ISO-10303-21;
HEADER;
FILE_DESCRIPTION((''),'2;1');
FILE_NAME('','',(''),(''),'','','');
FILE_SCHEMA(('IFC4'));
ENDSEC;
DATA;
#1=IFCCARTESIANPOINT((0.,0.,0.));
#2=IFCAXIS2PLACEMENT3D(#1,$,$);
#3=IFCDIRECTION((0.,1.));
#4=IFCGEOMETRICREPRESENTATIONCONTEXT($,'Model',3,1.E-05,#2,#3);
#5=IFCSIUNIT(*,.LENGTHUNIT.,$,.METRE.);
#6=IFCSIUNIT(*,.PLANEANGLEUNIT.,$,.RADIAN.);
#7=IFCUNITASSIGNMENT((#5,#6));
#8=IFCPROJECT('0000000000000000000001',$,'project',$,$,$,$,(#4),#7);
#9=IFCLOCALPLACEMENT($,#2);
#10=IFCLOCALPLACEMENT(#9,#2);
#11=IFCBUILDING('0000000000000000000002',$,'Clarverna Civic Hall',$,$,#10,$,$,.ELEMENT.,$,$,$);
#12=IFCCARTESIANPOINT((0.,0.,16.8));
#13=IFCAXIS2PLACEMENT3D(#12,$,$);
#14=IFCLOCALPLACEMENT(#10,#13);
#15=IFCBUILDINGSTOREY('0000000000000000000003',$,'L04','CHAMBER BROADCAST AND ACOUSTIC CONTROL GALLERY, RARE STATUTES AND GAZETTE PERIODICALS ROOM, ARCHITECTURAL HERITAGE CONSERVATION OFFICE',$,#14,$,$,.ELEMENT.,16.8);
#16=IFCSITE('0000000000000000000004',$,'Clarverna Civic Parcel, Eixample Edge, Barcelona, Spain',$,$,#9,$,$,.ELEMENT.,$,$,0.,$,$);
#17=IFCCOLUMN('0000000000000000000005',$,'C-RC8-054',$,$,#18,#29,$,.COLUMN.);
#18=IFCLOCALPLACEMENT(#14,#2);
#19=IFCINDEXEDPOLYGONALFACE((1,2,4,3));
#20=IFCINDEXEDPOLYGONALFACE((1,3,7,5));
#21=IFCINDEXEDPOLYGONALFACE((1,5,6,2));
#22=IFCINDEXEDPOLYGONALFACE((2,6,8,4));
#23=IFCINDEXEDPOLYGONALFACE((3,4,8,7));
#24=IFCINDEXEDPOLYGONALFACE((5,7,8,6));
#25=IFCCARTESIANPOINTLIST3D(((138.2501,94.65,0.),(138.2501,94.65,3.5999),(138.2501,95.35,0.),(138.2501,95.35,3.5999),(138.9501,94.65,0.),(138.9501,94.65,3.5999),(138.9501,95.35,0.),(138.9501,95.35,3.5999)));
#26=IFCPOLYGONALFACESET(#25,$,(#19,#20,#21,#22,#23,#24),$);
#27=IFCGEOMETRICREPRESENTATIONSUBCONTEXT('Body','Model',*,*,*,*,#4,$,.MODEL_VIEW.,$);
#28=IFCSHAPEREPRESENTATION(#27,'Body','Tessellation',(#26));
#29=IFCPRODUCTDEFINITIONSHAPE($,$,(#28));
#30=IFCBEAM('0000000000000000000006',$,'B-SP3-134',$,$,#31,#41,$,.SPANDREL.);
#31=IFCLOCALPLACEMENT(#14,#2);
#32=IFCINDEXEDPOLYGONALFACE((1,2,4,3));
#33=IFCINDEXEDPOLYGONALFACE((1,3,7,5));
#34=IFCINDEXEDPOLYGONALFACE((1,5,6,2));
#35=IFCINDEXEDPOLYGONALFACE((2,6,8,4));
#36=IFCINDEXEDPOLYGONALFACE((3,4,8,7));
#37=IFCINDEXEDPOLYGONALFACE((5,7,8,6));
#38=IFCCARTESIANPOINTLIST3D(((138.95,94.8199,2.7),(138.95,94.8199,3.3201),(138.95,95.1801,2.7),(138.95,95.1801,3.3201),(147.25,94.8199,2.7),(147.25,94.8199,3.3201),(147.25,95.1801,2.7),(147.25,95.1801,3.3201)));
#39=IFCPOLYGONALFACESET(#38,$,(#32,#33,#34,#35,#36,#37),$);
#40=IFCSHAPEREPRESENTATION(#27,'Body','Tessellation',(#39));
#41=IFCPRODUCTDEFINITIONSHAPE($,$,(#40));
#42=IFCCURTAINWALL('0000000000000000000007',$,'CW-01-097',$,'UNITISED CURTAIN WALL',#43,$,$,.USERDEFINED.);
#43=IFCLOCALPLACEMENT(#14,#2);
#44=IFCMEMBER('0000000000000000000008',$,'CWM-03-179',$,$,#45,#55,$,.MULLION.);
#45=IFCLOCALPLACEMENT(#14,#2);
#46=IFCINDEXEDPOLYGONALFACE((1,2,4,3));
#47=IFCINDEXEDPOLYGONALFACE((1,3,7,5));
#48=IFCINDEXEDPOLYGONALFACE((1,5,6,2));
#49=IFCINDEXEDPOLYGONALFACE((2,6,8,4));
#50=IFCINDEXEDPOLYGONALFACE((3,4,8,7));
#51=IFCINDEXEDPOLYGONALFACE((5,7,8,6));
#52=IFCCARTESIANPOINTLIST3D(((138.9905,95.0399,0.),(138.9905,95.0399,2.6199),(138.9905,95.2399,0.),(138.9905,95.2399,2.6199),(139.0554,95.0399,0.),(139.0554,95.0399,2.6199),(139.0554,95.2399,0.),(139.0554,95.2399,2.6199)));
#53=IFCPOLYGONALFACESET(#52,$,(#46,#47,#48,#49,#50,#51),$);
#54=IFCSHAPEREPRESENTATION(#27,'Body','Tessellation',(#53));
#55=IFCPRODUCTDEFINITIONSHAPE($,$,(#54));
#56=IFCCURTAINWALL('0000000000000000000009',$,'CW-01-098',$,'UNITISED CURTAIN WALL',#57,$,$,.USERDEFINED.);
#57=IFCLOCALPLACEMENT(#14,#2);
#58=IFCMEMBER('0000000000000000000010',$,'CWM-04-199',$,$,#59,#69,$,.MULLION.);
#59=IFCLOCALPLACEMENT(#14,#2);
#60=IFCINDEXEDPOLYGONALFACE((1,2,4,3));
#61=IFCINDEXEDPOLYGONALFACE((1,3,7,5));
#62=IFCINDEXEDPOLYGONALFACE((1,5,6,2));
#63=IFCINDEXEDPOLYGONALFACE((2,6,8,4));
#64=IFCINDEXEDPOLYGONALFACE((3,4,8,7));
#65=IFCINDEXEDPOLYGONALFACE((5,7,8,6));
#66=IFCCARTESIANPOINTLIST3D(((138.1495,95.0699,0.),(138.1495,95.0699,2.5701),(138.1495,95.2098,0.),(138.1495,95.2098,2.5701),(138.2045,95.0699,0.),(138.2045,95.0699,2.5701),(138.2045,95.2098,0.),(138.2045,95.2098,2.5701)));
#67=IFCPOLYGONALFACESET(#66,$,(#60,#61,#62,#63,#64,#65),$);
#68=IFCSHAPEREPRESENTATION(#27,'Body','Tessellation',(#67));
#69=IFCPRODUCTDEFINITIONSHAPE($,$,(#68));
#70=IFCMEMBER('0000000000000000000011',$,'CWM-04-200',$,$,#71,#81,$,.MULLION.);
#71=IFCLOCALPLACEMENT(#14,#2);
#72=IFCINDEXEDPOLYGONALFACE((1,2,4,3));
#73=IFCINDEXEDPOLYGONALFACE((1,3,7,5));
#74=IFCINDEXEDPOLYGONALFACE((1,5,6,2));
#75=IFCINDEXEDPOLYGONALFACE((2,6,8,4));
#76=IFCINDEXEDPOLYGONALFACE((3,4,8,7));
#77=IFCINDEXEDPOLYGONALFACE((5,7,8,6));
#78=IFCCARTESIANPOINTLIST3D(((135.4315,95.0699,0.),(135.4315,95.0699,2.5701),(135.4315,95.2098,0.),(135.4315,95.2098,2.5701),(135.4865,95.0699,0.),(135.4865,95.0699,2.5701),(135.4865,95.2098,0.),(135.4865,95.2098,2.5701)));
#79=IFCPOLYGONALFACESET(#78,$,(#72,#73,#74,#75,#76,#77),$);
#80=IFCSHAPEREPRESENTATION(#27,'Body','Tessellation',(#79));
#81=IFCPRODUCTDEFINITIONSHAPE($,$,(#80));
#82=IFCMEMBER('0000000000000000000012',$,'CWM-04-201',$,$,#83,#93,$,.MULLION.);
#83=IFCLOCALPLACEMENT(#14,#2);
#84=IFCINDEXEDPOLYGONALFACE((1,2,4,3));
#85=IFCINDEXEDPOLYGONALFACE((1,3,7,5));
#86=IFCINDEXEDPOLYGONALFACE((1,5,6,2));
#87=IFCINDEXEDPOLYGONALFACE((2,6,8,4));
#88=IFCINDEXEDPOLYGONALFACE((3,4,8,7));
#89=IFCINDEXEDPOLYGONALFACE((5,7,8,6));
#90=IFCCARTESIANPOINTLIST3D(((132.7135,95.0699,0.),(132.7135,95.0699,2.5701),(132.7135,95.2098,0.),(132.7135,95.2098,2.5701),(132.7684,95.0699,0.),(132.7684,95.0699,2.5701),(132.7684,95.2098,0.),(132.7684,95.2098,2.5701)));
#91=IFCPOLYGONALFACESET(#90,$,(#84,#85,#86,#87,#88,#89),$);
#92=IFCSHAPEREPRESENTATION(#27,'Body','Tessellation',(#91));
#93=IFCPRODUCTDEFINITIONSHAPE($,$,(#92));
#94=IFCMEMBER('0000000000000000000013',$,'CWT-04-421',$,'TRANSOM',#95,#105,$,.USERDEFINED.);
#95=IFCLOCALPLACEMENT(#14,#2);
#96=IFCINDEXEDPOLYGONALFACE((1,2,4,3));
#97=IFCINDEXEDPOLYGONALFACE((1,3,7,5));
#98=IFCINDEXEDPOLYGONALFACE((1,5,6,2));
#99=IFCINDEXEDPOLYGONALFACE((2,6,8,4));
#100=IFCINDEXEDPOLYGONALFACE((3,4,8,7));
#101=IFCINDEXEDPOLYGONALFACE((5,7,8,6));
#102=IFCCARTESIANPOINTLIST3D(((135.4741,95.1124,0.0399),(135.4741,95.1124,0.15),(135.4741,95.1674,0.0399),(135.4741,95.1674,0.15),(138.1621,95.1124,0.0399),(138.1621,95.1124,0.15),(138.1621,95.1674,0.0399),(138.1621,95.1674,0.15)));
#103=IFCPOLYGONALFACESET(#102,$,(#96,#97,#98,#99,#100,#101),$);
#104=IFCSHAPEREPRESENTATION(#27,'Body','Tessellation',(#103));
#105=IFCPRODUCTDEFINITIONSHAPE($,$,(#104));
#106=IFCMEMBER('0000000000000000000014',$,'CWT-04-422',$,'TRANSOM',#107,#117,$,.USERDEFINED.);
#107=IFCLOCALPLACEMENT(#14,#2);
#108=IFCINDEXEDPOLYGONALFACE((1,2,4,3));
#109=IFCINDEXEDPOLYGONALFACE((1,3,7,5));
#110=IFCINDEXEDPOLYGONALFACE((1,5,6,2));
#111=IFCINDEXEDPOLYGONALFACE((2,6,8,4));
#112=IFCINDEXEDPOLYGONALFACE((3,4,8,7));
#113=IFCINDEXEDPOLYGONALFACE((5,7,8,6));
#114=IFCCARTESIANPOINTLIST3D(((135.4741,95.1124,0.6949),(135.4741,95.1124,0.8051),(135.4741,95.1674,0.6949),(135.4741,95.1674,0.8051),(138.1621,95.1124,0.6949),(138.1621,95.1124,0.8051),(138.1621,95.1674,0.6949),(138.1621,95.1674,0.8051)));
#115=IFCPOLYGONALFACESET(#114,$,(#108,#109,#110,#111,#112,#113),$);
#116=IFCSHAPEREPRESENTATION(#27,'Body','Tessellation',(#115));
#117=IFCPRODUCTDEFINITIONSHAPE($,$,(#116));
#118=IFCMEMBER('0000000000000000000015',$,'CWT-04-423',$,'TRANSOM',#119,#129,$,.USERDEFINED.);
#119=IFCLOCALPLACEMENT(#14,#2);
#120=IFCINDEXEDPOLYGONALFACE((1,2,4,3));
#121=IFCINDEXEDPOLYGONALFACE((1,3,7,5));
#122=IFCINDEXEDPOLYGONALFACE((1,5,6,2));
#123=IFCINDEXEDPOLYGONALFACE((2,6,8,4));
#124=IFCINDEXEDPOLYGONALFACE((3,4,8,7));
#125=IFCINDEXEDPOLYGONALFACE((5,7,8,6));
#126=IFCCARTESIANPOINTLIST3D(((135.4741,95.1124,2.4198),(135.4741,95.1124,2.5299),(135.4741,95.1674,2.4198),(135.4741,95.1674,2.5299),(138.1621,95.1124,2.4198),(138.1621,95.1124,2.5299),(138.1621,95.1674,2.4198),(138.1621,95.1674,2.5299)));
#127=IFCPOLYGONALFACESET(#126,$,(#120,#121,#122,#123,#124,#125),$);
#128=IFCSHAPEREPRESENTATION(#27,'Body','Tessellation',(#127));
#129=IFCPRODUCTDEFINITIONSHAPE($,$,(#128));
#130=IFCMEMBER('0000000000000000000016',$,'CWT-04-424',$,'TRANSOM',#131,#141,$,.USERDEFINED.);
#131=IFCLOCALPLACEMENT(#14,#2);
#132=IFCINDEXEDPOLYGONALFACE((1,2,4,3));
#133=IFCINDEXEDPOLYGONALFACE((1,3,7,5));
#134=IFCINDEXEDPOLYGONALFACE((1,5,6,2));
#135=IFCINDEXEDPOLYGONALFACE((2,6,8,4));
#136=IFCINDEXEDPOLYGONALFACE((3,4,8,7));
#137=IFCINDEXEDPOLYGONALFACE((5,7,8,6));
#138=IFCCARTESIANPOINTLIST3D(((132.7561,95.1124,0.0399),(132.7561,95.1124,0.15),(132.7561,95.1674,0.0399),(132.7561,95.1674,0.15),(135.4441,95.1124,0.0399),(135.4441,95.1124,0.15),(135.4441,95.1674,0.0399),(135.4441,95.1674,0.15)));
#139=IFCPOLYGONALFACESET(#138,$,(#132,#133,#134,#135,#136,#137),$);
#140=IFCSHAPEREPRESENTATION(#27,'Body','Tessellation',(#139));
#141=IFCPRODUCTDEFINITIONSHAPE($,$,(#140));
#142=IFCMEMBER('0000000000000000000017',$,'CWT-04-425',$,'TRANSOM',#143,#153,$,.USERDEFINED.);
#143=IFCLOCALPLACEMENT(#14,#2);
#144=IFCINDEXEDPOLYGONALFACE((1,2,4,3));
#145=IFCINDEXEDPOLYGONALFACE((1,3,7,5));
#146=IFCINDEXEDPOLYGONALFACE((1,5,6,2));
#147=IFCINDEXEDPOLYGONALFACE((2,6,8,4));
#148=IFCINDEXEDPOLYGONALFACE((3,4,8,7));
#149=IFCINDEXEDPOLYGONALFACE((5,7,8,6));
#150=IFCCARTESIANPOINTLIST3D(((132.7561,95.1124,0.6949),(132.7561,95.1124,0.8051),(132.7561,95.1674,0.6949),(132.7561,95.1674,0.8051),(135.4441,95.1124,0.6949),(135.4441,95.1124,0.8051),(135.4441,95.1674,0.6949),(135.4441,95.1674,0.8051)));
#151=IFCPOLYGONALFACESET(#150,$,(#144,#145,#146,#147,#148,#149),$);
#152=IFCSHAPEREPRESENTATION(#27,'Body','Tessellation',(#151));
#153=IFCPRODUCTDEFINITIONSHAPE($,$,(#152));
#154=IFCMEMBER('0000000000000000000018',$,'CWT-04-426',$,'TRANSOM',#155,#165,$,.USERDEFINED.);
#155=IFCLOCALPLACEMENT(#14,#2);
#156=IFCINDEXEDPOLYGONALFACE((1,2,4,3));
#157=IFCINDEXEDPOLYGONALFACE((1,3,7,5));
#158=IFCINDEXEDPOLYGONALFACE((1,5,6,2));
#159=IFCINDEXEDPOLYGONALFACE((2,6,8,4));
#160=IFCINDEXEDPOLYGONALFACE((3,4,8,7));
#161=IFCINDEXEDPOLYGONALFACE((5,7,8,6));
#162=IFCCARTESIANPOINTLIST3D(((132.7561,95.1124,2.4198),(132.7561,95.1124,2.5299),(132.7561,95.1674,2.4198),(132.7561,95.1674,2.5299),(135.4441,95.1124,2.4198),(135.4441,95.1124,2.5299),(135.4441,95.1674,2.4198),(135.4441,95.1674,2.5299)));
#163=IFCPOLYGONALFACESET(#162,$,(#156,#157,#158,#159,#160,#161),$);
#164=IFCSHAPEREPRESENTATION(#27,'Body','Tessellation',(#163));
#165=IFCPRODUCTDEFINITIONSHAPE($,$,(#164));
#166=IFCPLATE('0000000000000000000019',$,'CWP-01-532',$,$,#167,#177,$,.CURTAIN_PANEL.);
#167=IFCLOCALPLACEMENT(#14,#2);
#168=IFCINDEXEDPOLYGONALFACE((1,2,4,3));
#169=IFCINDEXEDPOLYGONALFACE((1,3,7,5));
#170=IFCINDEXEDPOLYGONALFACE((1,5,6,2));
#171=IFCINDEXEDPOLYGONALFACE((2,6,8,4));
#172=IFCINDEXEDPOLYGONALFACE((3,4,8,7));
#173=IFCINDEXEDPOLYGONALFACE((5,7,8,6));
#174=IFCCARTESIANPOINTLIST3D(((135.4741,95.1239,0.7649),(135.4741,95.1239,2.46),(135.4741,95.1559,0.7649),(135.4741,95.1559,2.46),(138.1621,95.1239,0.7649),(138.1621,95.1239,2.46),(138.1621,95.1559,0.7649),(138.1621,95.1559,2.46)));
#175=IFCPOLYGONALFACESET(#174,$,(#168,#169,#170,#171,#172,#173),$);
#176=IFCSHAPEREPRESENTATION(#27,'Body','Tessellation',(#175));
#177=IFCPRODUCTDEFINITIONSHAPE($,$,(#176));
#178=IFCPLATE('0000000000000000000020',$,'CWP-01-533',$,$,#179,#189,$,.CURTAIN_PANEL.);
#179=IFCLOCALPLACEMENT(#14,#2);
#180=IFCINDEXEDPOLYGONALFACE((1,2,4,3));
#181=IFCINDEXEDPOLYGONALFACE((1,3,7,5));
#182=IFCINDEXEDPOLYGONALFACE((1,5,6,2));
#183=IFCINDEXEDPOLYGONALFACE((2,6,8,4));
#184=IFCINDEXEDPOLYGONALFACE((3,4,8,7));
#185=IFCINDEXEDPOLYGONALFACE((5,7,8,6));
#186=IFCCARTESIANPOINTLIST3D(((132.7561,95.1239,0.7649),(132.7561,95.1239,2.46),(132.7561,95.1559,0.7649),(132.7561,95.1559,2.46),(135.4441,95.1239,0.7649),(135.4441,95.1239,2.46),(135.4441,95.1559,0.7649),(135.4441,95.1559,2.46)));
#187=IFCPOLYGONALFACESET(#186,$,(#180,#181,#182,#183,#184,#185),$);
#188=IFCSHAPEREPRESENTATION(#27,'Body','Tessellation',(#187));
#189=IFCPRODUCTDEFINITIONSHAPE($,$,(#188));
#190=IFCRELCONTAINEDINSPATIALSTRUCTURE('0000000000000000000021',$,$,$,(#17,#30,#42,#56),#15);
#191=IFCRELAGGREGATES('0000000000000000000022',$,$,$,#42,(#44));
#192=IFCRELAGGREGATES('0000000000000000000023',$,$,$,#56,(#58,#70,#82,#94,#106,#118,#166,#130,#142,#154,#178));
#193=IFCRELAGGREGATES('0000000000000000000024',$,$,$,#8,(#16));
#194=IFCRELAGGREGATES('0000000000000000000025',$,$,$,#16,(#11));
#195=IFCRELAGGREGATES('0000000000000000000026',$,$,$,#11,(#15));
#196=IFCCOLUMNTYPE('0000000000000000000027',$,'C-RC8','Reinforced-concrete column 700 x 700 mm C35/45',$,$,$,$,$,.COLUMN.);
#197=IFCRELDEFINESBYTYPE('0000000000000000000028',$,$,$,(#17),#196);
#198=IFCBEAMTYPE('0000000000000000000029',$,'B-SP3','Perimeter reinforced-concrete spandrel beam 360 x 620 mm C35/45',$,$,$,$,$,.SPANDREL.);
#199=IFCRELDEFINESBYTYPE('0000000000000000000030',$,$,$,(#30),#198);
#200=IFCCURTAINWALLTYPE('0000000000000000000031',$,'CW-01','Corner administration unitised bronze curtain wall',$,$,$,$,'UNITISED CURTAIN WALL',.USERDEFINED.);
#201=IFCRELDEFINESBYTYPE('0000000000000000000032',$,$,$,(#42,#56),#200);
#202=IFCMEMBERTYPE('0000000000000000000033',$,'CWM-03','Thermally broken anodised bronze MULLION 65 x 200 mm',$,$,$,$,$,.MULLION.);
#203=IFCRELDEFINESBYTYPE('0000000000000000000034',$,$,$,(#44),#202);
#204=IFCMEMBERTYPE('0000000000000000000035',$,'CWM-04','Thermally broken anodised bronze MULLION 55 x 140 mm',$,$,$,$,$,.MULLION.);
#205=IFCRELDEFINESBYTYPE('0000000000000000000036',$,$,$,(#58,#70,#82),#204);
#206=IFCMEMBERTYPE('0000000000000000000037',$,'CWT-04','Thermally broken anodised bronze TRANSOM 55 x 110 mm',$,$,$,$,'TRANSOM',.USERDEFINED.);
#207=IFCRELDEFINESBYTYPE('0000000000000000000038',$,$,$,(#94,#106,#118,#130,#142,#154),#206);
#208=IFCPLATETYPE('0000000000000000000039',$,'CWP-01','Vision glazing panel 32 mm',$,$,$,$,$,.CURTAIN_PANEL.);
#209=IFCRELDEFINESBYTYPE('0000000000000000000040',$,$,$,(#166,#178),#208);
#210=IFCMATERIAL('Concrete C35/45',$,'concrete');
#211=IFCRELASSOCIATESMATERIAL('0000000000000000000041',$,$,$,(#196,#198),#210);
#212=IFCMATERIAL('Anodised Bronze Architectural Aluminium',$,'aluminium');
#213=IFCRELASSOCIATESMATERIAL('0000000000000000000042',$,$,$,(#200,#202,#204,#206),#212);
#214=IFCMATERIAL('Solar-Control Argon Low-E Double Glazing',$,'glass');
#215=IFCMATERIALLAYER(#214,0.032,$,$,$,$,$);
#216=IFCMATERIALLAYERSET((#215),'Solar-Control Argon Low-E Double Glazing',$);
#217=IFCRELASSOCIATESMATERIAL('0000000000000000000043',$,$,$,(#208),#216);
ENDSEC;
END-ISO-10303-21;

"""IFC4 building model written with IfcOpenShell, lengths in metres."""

from ifc_helpers import new_model, si_unit, direction, frame, frame_2d, origin, origin_2d, place, context, subcontext, project, spatial, rectangle, extrude, material, layer, layer_set, material_profile, profile_set, type_object, element, aggregate, save


model = new_model("IFC4")

# Units and contexts
model_context = context("Model", 3, precision=1e-05, world=origin(), true_north=direction((0.0, 1.0)))
body_context = subcontext(model_context, "Body", "Model", "MODEL_VIEW")
ifc_project = project(units=[si_unit("LENGTHUNIT", "METRE"), si_unit("PLANEANGLEUNIT", "RADIAN")], contexts=[model_context])

# Site, building, storey
site_placement = place(None, origin())
site = spatial("IfcSite", under=ifc_project, at=site_placement, Name="Clarverna Civic Parcel, Eixample Edge, Barcelona, Spain", CompositionType="ELEMENT", RefElevation=0.0)
building_placement = place(site_placement, origin())
building = spatial("IfcBuilding", under=site, at=building_placement, Name="Clarverna Civic Hall", CompositionType="ELEMENT")
storey_placement = place(building_placement, frame((0.0, 0.0, 16.8)))
storey = spatial("IfcBuildingStorey", under=building, at=storey_placement, Name="L04", Description="CHAMBER BROADCAST AND ACOUSTIC CONTROL GALLERY, RARE STATUTES AND GAZETTE PERIODICALS ROOM, ARCHITECTURAL HERITAGE CONSERVATION OFFICE", CompositionType="ELEMENT", Elevation=16.8)

# Column
ifc_material_1 = material(Name="Concrete C35/45", Category="concrete")
ifc_material_profile_1 = material_profile(ifc_material_1, rectangle(XDim=0.7, YDim=0.7, at=origin_2d()), Name="RC 700x700")
ifc_profile_set_1 = profile_set([ifc_material_profile_1], Name="Concrete C35/45")
column_type = type_object("IfcColumnType", Name="C-RC8", Description="Reinforced-concrete column 700 x 700 mm C35/45", PredefinedType="COLUMN", material=ifc_profile_set_1)
column_placement = place(storey_placement, frame((138.6001, 95.0, 0.0), z_axis=(0.0, 0.0, 1.0), x_axis=(1.0, 0.0, 0.0)))
element("IfcColumn", 1, at=column_placement, inside=storey, type_object=column_type, Name="C-RC8-054", PredefinedType="COLUMN", context=body_context, shape_type="SweptSolid", body=[
    extrude(rectangle(XDim=0.7, YDim=0.7, at=origin_2d()), origin(), (0.0, 0.0, 1.0), 3.5999),
])

# Beam
ifc_material_profile_2 = material_profile(ifc_material_1, rectangle(XDim=0.3601, YDim=0.6201, at=origin_2d()), Name="RC 360x620")
ifc_profile_set_2 = profile_set([ifc_material_profile_2], Name="Concrete C35/45")
beam_type = type_object("IfcBeamType", Name="B-SP3", Description="Perimeter reinforced-concrete spandrel beam 360 x 620 mm C35/45", PredefinedType="SPANDREL", material=ifc_profile_set_2)
beam_placement = place(storey_placement, frame((138.95, 95.0, 3.01), z_axis=(1.0, 0.0, 0.0), x_axis=(0.0, 1.0, 0.0)))
element("IfcBeam", 2, at=beam_placement, inside=storey, type_object=beam_type, Name="B-SP3-134", PredefinedType="SPANDREL", context=body_context, shape_type="SweptSolid", body=[
    extrude(rectangle(XDim=0.3601, YDim=0.6201, at=origin_2d()), origin(), (0.0, 0.0, 1.0), 8.3),
])

# Curtain wall, member
ifc_material_2 = material(Name="Anodised Bronze Architectural Aluminium", Category="aluminium")
curtain_wall_type = type_object("IfcCurtainWallType", Name="CW-01", Description="Corner administration unitised bronze curtain wall", ElementType="UNITISED CURTAIN WALL", PredefinedType="USERDEFINED", material=ifc_material_2)
curtain_wall_1_placement = place(storey_placement, origin())
curtain_wall_1 = element("IfcCurtainWall", 3, at=curtain_wall_1_placement, inside=storey, type_object=curtain_wall_type, Name="CW-01-097", ObjectType="UNITISED CURTAIN WALL", PredefinedType="USERDEFINED")
ifc_material_profile_3 = material_profile(ifc_material_2, rectangle(XDim=0.0649, YDim=0.2, at=origin_2d()), Name="BRONZE 65x200")
ifc_profile_set_3 = profile_set([ifc_material_profile_3], Name="Anodised Bronze Architectural Aluminium")
member_type_1 = type_object("IfcMemberType", Name="CWM-03", Description="Thermally broken anodised bronze MULLION 65 x 200 mm", PredefinedType="MULLION", material=ifc_profile_set_3)
member_1_placement = place(storey_placement, frame((139.0229, 95.1399, 0.0), z_axis=(0.0, 0.0, 1.0), x_axis=(1.0, 0.0, 0.0)))
member_1 = element("IfcMember", 4, at=member_1_placement, type_object=member_type_1, Name="CWM-03-179", PredefinedType="MULLION", context=body_context, shape_type="SweptSolid", body=[
    extrude(rectangle(XDim=0.0649, YDim=0.2, at=origin_2d()), origin(), (0.0, 0.0, 1.0), 2.6199),
])
aggregate(curtain_wall_1, [member_1])

# Curtain wall, members, plates
curtain_wall_2_placement = place(storey_placement, origin())
curtain_wall_2 = element("IfcCurtainWall", 5, at=curtain_wall_2_placement, inside=storey, type_object=curtain_wall_type, Name="CW-01-098", ObjectType="UNITISED CURTAIN WALL", PredefinedType="USERDEFINED")
ifc_material_profile_4 = material_profile(ifc_material_2, rectangle(XDim=0.0549, YDim=0.1399, at=origin_2d()), Name="BRONZE 55x140")
ifc_profile_set_4 = profile_set([ifc_material_profile_4], Name="Anodised Bronze Architectural Aluminium")
member_type_2 = type_object("IfcMemberType", Name="CWM-04", Description="Thermally broken anodised bronze MULLION 55 x 140 mm", PredefinedType="MULLION", material=ifc_profile_set_4)
member_2_placement = place(storey_placement, frame((138.177, 95.1399, 0.0), z_axis=(0.0, 0.0, 1.0), x_axis=(1.0, 0.0, 0.0)))
member_2 = element("IfcMember", 6, at=member_2_placement, type_object=member_type_2, Name="CWM-04-199", PredefinedType="MULLION", context=body_context, shape_type="SweptSolid", body=[
    extrude(rectangle(XDim=0.0549, YDim=0.1399, at=origin_2d()), origin(), (0.0, 0.0, 1.0), 2.5701),
])
member_3_placement = place(storey_placement, frame((135.459, 95.1399, 0.0), z_axis=(0.0, 0.0, 1.0), x_axis=(1.0, 0.0, 0.0)))
member_3 = element("IfcMember", 7, at=member_3_placement, type_object=member_type_2, Name="CWM-04-200", PredefinedType="MULLION", context=body_context, shape_type="SweptSolid", body=[
    extrude(rectangle(XDim=0.0549, YDim=0.1399, at=origin_2d()), origin(), (0.0, 0.0, 1.0), 2.5701),
])
member_4_placement = place(storey_placement, frame((132.741, 95.1399, 0.0), z_axis=(0.0, 0.0, 1.0), x_axis=(1.0, 0.0, 0.0)))
member_4 = element("IfcMember", 8, at=member_4_placement, type_object=member_type_2, Name="CWM-04-201", PredefinedType="MULLION", context=body_context, shape_type="SweptSolid", body=[
    extrude(rectangle(XDim=0.0549, YDim=0.1399, at=origin_2d()), origin(), (0.0, 0.0, 1.0), 2.5701),
])
ifc_material_profile_5 = material_profile(ifc_material_2, rectangle(XDim=0.0549, YDim=0.1101, at=origin_2d()), Name="BRONZE 55x110")
ifc_profile_set_5 = profile_set([ifc_material_profile_5], Name="Anodised Bronze Architectural Aluminium")
member_type_3 = type_object("IfcMemberType", Name="CWT-04", Description="Thermally broken anodised bronze TRANSOM 55 x 110 mm", ElementType="TRANSOM", PredefinedType="USERDEFINED", material=ifc_profile_set_5)
member_5_placement = place(storey_placement, frame((138.1621, 95.1399, 0.095), z_axis=(-1.0, 0.0, 0.0), x_axis=(0.0, -1.0, 0.0)))
member_5 = element("IfcMember", 9, at=member_5_placement, type_object=member_type_3, Name="CWT-04-421", ObjectType="TRANSOM", PredefinedType="USERDEFINED", context=body_context, shape_type="SweptSolid", body=[
    extrude(rectangle(XDim=0.0549, YDim=0.1101, at=origin_2d()), origin(), (0.0, 0.0, 1.0), 2.688),
])
member_6_placement = place(storey_placement, frame((138.1621, 95.1399, 0.75), z_axis=(-1.0, 0.0, 0.0), x_axis=(0.0, -1.0, 0.0)))
member_6 = element("IfcMember", 10, at=member_6_placement, type_object=member_type_3, Name="CWT-04-422", ObjectType="TRANSOM", PredefinedType="USERDEFINED", context=body_context, shape_type="SweptSolid", body=[
    extrude(rectangle(XDim=0.0549, YDim=0.1101, at=origin_2d()), origin(), (0.0, 0.0, 1.0), 2.688),
])
member_7_placement = place(storey_placement, frame((138.1621, 95.1399, 2.4749), z_axis=(-1.0, 0.0, 0.0), x_axis=(0.0, -1.0, 0.0)))
member_7 = element("IfcMember", 11, at=member_7_placement, type_object=member_type_3, Name="CWT-04-423", ObjectType="TRANSOM", PredefinedType="USERDEFINED", context=body_context, shape_type="SweptSolid", body=[
    extrude(rectangle(XDim=0.0549, YDim=0.1101, at=origin_2d()), origin(), (0.0, 0.0, 1.0), 2.688),
])
member_8_placement = place(storey_placement, frame((135.4441, 95.1399, 0.095), z_axis=(-1.0, 0.0, 0.0), x_axis=(0.0, -1.0, 0.0)))
member_8 = element("IfcMember", 12, at=member_8_placement, type_object=member_type_3, Name="CWT-04-424", ObjectType="TRANSOM", PredefinedType="USERDEFINED", context=body_context, shape_type="SweptSolid", body=[
    extrude(rectangle(XDim=0.0549, YDim=0.1101, at=origin_2d()), origin(), (0.0, 0.0, 1.0), 2.688),
])
member_9_placement = place(storey_placement, frame((135.4441, 95.1399, 0.75), z_axis=(-1.0, 0.0, 0.0), x_axis=(0.0, -1.0, 0.0)))
member_9 = element("IfcMember", 13, at=member_9_placement, type_object=member_type_3, Name="CWT-04-425", ObjectType="TRANSOM", PredefinedType="USERDEFINED", context=body_context, shape_type="SweptSolid", body=[
    extrude(rectangle(XDim=0.0549, YDim=0.1101, at=origin_2d()), origin(), (0.0, 0.0, 1.0), 2.688),
])
member_10_placement = place(storey_placement, frame((135.4441, 95.1399, 2.4749), z_axis=(-1.0, 0.0, 0.0), x_axis=(0.0, -1.0, 0.0)))
member_10 = element("IfcMember", 14, at=member_10_placement, type_object=member_type_3, Name="CWT-04-426", ObjectType="TRANSOM", PredefinedType="USERDEFINED", context=body_context, shape_type="SweptSolid", body=[
    extrude(rectangle(XDim=0.0549, YDim=0.1101, at=origin_2d()), origin(), (0.0, 0.0, 1.0), 2.688),
])
ifc_material_3 = material(Name="Solar-Control Argon Low-E Double Glazing", Category="glass")
ifc_layer_1 = layer(ifc_material_3, 0.032)
ifc_layer_set_1 = layer_set([ifc_layer_1], Name="Solar-Control Argon Low-E Double Glazing")
plate_type_1 = type_object("IfcPlateType", Name="CWP-01", Description="Vision glazing panel 32 mm", PredefinedType="CURTAIN_PANEL", material=ifc_layer_set_1)
plate_1_placement = place(storey_placement, frame((138.1621, 95.1399, 0.7649), z_axis=(0.0, 0.0, 1.0), x_axis=(-1.0, 0.0, 0.0)))
plate_1 = element("IfcPlate", 15, at=plate_1_placement, type_object=plate_type_1, Name="CWP-01-532", PredefinedType="CURTAIN_PANEL", context=body_context, shape_type="SweptSolid", body=[
    extrude(rectangle(XDim=2.688, YDim=0.032, at=frame_2d((1.344, 0.0))), origin(), (0.0, 0.0, 1.0), 1.6951),
])
plate_2_placement = place(storey_placement, frame((135.4441, 95.1399, 0.7649), z_axis=(0.0, 0.0, 1.0), x_axis=(-1.0, 0.0, 0.0)))
plate_2 = element("IfcPlate", 16, at=plate_2_placement, type_object=plate_type_1, Name="CWP-01-533", PredefinedType="CURTAIN_PANEL", context=body_context, shape_type="SweptSolid", body=[
    extrude(rectangle(XDim=2.688, YDim=0.032, at=frame_2d((1.344, 0.0))), origin(), (0.0, 0.0, 1.0), 1.6951),
])
aggregate(curtain_wall_2, [member_2, member_3, member_4, member_5, member_6, member_7, plate_1, member_8, member_9, member_10, plate_2])

save(model, "model.ifc")
